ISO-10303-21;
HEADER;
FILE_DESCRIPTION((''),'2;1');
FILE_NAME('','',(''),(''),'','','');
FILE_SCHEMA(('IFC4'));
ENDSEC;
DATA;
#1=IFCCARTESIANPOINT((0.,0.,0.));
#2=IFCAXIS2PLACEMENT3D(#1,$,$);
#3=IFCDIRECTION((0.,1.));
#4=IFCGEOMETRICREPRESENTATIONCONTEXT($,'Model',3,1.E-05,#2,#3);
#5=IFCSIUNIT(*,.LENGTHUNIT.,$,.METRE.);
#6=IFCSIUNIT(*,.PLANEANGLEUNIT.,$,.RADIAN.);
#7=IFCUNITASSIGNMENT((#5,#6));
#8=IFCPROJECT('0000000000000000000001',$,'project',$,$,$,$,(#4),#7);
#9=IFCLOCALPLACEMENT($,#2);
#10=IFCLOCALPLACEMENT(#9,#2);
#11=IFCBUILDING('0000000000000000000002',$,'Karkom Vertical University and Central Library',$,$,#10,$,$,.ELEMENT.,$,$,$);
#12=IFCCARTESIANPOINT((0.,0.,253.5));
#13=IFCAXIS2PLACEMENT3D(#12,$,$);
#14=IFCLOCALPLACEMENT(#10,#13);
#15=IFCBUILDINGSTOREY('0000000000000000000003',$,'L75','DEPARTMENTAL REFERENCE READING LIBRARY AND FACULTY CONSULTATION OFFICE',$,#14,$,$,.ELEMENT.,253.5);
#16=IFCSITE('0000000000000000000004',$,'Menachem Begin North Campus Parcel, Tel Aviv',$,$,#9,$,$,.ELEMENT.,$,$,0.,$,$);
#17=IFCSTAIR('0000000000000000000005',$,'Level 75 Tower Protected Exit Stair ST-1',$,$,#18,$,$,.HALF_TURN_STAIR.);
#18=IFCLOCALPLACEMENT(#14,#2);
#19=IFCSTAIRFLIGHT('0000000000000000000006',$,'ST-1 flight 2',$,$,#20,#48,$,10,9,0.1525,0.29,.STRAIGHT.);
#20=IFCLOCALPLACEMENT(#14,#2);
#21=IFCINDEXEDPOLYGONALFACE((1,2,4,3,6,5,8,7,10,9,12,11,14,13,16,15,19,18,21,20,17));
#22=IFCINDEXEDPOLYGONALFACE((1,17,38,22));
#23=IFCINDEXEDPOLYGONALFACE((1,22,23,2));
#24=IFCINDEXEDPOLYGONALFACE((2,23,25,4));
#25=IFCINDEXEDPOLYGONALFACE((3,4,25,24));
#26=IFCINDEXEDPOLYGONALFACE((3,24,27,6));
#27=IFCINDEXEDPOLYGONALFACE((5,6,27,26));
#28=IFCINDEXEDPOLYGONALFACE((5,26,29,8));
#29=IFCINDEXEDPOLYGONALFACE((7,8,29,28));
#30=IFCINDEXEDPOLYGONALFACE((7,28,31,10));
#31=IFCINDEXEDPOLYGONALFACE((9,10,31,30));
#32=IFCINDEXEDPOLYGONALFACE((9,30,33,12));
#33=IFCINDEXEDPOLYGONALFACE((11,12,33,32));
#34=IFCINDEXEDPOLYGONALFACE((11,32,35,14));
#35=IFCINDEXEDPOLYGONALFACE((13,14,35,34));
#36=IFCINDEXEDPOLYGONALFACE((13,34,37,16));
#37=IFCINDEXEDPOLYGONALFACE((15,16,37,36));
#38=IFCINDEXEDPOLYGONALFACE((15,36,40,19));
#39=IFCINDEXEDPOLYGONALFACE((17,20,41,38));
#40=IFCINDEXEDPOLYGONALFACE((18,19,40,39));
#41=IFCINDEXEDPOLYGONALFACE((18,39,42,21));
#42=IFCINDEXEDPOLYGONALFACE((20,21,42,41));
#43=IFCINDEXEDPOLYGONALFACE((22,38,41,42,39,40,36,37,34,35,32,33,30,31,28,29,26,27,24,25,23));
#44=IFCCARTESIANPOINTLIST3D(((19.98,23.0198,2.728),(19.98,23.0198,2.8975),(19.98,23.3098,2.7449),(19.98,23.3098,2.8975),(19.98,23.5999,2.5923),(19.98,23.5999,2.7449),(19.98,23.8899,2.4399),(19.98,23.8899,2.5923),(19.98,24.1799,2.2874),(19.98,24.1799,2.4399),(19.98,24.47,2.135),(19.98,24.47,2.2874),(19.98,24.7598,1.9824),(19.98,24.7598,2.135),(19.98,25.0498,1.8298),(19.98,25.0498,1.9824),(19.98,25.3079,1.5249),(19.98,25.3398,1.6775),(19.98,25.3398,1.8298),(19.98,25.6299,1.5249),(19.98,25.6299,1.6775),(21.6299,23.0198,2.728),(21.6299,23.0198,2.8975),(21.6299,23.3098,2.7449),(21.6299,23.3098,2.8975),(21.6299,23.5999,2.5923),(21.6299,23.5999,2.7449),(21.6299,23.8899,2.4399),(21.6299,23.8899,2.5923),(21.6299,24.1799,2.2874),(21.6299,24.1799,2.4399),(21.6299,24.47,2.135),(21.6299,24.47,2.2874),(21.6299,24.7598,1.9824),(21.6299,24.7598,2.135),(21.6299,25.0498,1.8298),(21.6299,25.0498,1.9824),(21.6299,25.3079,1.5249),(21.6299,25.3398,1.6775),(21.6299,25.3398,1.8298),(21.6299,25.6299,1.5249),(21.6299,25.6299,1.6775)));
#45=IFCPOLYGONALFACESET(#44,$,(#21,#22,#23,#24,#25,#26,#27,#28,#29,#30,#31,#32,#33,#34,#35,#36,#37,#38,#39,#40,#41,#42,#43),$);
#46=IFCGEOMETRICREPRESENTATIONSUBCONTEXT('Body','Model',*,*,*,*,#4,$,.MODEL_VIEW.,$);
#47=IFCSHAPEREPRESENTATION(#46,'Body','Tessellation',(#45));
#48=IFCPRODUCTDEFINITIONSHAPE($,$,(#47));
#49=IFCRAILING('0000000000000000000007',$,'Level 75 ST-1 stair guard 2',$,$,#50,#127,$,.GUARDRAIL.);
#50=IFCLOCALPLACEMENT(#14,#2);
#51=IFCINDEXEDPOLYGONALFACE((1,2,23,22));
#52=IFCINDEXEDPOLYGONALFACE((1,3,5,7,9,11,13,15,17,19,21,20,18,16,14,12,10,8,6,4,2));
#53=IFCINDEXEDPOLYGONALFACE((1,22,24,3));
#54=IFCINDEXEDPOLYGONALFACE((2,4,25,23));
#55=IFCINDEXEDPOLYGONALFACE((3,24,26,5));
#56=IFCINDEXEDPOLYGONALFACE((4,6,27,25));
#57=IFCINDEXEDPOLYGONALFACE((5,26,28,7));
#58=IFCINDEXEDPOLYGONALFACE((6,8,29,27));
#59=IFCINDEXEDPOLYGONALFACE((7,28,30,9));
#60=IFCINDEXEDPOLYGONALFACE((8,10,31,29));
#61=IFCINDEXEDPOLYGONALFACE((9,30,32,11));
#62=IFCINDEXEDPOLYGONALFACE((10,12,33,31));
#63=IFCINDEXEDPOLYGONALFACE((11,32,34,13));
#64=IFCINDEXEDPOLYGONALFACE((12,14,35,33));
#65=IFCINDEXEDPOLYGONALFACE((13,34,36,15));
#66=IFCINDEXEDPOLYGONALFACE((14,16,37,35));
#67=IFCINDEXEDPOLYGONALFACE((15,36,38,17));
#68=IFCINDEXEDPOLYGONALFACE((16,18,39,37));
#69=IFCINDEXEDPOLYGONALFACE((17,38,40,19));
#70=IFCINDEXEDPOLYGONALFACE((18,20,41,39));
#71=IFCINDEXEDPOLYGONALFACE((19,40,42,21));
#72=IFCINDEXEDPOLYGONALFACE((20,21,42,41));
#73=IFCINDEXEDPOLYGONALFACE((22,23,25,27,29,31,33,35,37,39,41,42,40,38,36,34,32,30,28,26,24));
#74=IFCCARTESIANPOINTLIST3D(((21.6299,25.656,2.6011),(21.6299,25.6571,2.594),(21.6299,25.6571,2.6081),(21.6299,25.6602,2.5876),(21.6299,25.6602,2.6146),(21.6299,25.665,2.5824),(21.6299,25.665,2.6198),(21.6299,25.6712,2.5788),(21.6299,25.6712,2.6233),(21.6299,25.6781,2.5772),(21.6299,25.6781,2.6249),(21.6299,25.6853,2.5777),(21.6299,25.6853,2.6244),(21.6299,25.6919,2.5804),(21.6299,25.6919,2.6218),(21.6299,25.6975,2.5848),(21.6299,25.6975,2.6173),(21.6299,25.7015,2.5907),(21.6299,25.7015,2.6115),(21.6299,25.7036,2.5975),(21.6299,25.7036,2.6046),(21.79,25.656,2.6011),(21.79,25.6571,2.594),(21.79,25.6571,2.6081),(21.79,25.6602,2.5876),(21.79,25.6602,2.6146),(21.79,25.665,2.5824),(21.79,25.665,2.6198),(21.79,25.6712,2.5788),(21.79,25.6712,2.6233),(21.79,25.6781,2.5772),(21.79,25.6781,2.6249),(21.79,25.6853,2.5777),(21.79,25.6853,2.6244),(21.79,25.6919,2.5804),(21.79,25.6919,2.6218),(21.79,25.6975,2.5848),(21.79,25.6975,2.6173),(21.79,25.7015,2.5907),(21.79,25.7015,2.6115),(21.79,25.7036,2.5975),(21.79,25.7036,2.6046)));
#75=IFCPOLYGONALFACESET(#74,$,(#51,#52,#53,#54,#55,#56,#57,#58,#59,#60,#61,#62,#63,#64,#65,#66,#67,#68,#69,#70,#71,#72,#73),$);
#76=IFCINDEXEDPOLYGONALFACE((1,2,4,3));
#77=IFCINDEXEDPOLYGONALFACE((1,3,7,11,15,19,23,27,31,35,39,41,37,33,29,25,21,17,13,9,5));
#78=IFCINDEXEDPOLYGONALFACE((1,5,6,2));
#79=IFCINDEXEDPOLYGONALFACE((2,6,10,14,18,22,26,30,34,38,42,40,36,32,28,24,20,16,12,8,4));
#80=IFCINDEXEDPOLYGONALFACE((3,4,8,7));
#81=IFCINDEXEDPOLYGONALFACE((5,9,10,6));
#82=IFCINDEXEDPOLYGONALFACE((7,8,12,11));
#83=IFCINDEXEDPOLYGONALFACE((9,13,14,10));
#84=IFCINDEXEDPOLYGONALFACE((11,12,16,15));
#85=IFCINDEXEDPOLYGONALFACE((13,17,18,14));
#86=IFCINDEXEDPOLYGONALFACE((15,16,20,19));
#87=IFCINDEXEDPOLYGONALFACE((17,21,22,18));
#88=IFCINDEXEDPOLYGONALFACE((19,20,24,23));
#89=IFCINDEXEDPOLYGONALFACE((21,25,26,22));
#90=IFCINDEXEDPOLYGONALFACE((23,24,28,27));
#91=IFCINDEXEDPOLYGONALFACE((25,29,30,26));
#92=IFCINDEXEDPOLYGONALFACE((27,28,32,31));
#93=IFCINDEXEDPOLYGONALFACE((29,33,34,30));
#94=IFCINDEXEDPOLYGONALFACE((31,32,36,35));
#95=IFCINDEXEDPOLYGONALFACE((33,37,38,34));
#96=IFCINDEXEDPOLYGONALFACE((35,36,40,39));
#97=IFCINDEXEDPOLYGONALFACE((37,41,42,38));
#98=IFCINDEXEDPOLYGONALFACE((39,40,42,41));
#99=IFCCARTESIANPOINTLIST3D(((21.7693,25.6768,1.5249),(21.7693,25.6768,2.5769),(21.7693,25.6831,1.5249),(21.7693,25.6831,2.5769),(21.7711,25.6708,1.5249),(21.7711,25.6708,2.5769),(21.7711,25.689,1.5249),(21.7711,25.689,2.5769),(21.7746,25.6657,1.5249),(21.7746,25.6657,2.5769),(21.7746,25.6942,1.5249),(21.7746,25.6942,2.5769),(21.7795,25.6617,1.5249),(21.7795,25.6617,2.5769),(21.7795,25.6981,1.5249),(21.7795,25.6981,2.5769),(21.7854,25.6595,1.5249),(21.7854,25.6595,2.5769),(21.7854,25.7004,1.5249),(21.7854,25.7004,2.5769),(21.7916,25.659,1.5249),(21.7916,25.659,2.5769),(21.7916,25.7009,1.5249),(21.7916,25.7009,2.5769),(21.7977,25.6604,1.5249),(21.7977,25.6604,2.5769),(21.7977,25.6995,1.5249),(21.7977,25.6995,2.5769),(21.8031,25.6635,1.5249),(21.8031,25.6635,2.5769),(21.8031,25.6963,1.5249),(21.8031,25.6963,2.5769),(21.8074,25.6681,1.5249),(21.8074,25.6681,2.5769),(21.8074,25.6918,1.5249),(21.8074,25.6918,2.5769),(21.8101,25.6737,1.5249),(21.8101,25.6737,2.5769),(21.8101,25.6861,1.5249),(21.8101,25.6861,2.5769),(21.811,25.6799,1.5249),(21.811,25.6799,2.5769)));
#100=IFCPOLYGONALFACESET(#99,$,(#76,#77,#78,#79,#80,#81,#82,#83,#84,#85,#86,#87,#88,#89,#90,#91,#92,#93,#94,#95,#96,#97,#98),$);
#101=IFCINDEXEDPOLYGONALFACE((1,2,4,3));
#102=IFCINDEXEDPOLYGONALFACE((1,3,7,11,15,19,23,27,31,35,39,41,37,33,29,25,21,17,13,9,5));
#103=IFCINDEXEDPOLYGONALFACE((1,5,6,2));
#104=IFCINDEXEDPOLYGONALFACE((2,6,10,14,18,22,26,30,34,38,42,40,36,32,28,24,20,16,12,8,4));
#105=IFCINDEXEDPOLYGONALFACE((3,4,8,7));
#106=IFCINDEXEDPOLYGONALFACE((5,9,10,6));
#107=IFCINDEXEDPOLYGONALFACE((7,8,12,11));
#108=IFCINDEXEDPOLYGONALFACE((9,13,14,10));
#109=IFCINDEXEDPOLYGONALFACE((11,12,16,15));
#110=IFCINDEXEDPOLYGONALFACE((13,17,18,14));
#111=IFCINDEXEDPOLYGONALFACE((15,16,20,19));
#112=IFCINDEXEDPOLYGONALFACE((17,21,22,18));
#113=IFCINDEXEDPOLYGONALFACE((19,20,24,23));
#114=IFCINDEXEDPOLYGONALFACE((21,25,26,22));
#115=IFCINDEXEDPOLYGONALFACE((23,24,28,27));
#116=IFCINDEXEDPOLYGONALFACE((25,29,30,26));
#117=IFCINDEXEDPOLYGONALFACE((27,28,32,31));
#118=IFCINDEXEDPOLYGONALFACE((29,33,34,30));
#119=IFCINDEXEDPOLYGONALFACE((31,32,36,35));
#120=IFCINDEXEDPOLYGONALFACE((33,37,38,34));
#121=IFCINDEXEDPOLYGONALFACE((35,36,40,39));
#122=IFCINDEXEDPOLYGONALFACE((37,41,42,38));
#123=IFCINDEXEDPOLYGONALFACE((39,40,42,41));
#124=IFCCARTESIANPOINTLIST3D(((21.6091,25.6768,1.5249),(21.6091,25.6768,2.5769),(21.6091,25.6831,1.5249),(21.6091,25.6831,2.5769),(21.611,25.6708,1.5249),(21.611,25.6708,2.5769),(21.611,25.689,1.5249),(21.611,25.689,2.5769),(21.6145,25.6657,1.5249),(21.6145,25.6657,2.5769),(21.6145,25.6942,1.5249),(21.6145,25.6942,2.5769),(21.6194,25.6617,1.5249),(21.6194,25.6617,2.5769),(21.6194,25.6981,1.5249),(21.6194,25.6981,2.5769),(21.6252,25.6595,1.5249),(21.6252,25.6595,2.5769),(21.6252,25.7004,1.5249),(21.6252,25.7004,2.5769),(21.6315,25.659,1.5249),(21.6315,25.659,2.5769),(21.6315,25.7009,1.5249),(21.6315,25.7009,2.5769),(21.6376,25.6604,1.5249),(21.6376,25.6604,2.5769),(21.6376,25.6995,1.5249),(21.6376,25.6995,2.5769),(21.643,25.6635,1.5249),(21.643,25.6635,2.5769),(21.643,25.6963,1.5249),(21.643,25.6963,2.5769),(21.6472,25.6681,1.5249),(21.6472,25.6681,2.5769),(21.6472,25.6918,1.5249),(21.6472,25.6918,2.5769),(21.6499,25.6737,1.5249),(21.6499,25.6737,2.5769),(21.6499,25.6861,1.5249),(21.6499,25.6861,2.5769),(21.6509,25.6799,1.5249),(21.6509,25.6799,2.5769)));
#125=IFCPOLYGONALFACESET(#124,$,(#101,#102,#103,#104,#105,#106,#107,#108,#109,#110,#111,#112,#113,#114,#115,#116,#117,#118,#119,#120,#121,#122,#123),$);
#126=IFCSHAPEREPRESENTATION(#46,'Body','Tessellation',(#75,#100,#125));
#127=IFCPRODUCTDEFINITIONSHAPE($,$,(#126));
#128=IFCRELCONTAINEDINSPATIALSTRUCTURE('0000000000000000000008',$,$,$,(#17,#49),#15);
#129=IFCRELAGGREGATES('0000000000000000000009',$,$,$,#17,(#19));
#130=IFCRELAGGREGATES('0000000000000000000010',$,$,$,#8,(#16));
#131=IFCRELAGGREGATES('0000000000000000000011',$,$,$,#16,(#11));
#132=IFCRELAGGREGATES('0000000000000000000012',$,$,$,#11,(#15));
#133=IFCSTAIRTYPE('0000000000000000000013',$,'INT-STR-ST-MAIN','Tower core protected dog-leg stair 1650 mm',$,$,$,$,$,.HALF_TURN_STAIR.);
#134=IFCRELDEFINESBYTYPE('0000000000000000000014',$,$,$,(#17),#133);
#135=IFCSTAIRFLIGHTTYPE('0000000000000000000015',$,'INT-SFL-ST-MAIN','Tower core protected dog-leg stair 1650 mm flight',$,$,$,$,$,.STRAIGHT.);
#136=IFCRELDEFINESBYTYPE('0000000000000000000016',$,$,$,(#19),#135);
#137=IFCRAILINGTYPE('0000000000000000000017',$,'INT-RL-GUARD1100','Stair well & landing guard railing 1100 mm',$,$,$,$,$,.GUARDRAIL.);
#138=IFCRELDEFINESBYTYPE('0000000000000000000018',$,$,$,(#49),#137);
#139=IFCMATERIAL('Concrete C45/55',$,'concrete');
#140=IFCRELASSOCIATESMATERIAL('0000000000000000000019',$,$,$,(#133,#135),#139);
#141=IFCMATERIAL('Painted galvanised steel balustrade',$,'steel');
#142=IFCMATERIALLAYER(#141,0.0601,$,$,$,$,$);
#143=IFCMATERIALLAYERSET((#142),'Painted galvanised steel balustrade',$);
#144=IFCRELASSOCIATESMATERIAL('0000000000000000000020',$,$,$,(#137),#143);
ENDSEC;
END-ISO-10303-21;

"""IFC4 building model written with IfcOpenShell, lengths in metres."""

from ifc_helpers import new_model, si_unit, direction, frame, origin, origin_2d, place, context, subcontext, project, spatial, polyline, circle, outline, extrude, material, layer, layer_set, type_object, element, aggregate, save


model = new_model("IFC4")

# Units and contexts
model_context = context("Model", 3, precision=1e-05, world=origin(), true_north=direction((0.0, 1.0)))
body_context = subcontext(model_context, "Body", "Model", "MODEL_VIEW")
ifc_project = project(units=[si_unit("LENGTHUNIT", "METRE"), si_unit("PLANEANGLEUNIT", "RADIAN")], contexts=[model_context])

# Site, building, storey
site_placement = place(None, origin())
site = spatial("IfcSite", under=ifc_project, at=site_placement, Name="Menachem Begin North Campus Parcel, Tel Aviv", CompositionType="ELEMENT", RefElevation=0.0)
building_placement = place(site_placement, origin())
building = spatial("IfcBuilding", under=site, at=building_placement, Name="Karkom Vertical University and Central Library", CompositionType="ELEMENT")
storey_placement = place(building_placement, frame((0.0, 0.0, 253.5)))
storey = spatial("IfcBuildingStorey", under=building, at=storey_placement, Name="L75", Description="DEPARTMENTAL REFERENCE READING LIBRARY AND FACULTY CONSULTATION OFFICE", CompositionType="ELEMENT", Elevation=253.5)

# Shared definitions
ifc_material_1 = material(Name="Concrete C45/55", Category="concrete")

# Stair, stair flight
stair_type = type_object("IfcStairType", Name="INT-STR-ST-MAIN", Description="Tower core protected dog-leg stair 1650 mm", PredefinedType="HALF_TURN_STAIR", material=ifc_material_1)
stair_placement = place(storey_placement, origin())
stair = element("IfcStair", 1, at=stair_placement, inside=storey, type_object=stair_type, Name="Level 75 Tower Protected Exit Stair ST-1", PredefinedType="HALF_TURN_STAIR")
stair_flight_type = type_object("IfcStairFlightType", Name="INT-SFL-ST-MAIN", Description="Tower core protected dog-leg stair 1650 mm flight", PredefinedType="STRAIGHT", material=ifc_material_1)
stair_flight_placement = place(storey_placement, frame((20.8049, 25.6299, 1.5249), z_axis=(0.0, 0.0, 1.0), x_axis=(0.0, -1.0, 0.0)))
stair_flight = element("IfcStairFlight", 2, at=stair_flight_placement, type_object=stair_flight_type, Name="ST-1 flight 2", NumberOfRisers=10, NumberOfTreads=9, PredefinedType="STRAIGHT", RiserHeight=0.1525, TreadLength=0.29, context=body_context, shape_type="SweptSolid", body=[
    extrude(outline(polyline([(0.0, 0.0), (0.0, 0.1526), (0.29, 0.1526), (0.29, 0.3049), (0.5801, 0.3049), (0.5801, 0.4575), (0.8701, 0.4575), (0.8701, 0.6101), (1.1599, 0.6101), (1.1599, 0.7625), (1.45, 0.7625), (1.45, 0.915), (1.74, 0.915), (1.74, 1.0674), (2.03, 1.0674), (2.03, 1.22), (2.3201, 1.22), (2.3201, 1.3726), (2.6101, 1.3726), (2.6101, 1.5249), (2.6101, 1.2031), (0.322, 0.0), (0.0, 0.0)])), frame((0.0, 0.825, 0.0), z_axis=(0.0, -1.0, 0.0), x_axis=(1.0, 0.0, 0.0)), (0.0, 0.0, 1.0), 1.6499),
])
aggregate(stair, [stair_flight])

# Railing
ifc_material_2 = material(Name="Painted galvanised steel balustrade", Category="steel")
ifc_layer_1 = layer(ifc_material_2, 0.0601)
ifc_layer_set_1 = layer_set([ifc_layer_1], Name="Painted galvanised steel balustrade")
railing_type_1 = type_object("IfcRailingType", Name="INT-RL-GUARD1100", Description="Stair well & landing guard railing 1100 mm", PredefinedType="GUARDRAIL", material=ifc_layer_set_1)
railing_1_placement = place(storey_placement, frame((21.79, 25.6799, 1.5249)))
element("IfcRailing", 3, at=railing_1_placement, inside=storey, type_object=railing_type_1, Name="Level 75 ST-1 stair guard 2", PredefinedType="GUARDRAIL", context=body_context, shape_type="SweptSolid", body=[
    extrude(circle(Radius=0.0239, at=origin_2d()), frame((0.0, 0.0, 1.0762), z_axis=(-1.0, 0.0, 0.0), x_axis=(0.0, -1.0, 0.0)), (0.0, 0.0, 1.0), 0.1602),
    extrude(circle(Radius=0.021, at=origin_2d()), origin(), (0.0, 0.0, 1.0), 1.052),
    extrude(circle(Radius=0.021, at=origin_2d()), frame((-0.1602, 0.0, 0.0)), (0.0, 0.0, 1.0), 1.052),
])

save(model, "model.ifc")
